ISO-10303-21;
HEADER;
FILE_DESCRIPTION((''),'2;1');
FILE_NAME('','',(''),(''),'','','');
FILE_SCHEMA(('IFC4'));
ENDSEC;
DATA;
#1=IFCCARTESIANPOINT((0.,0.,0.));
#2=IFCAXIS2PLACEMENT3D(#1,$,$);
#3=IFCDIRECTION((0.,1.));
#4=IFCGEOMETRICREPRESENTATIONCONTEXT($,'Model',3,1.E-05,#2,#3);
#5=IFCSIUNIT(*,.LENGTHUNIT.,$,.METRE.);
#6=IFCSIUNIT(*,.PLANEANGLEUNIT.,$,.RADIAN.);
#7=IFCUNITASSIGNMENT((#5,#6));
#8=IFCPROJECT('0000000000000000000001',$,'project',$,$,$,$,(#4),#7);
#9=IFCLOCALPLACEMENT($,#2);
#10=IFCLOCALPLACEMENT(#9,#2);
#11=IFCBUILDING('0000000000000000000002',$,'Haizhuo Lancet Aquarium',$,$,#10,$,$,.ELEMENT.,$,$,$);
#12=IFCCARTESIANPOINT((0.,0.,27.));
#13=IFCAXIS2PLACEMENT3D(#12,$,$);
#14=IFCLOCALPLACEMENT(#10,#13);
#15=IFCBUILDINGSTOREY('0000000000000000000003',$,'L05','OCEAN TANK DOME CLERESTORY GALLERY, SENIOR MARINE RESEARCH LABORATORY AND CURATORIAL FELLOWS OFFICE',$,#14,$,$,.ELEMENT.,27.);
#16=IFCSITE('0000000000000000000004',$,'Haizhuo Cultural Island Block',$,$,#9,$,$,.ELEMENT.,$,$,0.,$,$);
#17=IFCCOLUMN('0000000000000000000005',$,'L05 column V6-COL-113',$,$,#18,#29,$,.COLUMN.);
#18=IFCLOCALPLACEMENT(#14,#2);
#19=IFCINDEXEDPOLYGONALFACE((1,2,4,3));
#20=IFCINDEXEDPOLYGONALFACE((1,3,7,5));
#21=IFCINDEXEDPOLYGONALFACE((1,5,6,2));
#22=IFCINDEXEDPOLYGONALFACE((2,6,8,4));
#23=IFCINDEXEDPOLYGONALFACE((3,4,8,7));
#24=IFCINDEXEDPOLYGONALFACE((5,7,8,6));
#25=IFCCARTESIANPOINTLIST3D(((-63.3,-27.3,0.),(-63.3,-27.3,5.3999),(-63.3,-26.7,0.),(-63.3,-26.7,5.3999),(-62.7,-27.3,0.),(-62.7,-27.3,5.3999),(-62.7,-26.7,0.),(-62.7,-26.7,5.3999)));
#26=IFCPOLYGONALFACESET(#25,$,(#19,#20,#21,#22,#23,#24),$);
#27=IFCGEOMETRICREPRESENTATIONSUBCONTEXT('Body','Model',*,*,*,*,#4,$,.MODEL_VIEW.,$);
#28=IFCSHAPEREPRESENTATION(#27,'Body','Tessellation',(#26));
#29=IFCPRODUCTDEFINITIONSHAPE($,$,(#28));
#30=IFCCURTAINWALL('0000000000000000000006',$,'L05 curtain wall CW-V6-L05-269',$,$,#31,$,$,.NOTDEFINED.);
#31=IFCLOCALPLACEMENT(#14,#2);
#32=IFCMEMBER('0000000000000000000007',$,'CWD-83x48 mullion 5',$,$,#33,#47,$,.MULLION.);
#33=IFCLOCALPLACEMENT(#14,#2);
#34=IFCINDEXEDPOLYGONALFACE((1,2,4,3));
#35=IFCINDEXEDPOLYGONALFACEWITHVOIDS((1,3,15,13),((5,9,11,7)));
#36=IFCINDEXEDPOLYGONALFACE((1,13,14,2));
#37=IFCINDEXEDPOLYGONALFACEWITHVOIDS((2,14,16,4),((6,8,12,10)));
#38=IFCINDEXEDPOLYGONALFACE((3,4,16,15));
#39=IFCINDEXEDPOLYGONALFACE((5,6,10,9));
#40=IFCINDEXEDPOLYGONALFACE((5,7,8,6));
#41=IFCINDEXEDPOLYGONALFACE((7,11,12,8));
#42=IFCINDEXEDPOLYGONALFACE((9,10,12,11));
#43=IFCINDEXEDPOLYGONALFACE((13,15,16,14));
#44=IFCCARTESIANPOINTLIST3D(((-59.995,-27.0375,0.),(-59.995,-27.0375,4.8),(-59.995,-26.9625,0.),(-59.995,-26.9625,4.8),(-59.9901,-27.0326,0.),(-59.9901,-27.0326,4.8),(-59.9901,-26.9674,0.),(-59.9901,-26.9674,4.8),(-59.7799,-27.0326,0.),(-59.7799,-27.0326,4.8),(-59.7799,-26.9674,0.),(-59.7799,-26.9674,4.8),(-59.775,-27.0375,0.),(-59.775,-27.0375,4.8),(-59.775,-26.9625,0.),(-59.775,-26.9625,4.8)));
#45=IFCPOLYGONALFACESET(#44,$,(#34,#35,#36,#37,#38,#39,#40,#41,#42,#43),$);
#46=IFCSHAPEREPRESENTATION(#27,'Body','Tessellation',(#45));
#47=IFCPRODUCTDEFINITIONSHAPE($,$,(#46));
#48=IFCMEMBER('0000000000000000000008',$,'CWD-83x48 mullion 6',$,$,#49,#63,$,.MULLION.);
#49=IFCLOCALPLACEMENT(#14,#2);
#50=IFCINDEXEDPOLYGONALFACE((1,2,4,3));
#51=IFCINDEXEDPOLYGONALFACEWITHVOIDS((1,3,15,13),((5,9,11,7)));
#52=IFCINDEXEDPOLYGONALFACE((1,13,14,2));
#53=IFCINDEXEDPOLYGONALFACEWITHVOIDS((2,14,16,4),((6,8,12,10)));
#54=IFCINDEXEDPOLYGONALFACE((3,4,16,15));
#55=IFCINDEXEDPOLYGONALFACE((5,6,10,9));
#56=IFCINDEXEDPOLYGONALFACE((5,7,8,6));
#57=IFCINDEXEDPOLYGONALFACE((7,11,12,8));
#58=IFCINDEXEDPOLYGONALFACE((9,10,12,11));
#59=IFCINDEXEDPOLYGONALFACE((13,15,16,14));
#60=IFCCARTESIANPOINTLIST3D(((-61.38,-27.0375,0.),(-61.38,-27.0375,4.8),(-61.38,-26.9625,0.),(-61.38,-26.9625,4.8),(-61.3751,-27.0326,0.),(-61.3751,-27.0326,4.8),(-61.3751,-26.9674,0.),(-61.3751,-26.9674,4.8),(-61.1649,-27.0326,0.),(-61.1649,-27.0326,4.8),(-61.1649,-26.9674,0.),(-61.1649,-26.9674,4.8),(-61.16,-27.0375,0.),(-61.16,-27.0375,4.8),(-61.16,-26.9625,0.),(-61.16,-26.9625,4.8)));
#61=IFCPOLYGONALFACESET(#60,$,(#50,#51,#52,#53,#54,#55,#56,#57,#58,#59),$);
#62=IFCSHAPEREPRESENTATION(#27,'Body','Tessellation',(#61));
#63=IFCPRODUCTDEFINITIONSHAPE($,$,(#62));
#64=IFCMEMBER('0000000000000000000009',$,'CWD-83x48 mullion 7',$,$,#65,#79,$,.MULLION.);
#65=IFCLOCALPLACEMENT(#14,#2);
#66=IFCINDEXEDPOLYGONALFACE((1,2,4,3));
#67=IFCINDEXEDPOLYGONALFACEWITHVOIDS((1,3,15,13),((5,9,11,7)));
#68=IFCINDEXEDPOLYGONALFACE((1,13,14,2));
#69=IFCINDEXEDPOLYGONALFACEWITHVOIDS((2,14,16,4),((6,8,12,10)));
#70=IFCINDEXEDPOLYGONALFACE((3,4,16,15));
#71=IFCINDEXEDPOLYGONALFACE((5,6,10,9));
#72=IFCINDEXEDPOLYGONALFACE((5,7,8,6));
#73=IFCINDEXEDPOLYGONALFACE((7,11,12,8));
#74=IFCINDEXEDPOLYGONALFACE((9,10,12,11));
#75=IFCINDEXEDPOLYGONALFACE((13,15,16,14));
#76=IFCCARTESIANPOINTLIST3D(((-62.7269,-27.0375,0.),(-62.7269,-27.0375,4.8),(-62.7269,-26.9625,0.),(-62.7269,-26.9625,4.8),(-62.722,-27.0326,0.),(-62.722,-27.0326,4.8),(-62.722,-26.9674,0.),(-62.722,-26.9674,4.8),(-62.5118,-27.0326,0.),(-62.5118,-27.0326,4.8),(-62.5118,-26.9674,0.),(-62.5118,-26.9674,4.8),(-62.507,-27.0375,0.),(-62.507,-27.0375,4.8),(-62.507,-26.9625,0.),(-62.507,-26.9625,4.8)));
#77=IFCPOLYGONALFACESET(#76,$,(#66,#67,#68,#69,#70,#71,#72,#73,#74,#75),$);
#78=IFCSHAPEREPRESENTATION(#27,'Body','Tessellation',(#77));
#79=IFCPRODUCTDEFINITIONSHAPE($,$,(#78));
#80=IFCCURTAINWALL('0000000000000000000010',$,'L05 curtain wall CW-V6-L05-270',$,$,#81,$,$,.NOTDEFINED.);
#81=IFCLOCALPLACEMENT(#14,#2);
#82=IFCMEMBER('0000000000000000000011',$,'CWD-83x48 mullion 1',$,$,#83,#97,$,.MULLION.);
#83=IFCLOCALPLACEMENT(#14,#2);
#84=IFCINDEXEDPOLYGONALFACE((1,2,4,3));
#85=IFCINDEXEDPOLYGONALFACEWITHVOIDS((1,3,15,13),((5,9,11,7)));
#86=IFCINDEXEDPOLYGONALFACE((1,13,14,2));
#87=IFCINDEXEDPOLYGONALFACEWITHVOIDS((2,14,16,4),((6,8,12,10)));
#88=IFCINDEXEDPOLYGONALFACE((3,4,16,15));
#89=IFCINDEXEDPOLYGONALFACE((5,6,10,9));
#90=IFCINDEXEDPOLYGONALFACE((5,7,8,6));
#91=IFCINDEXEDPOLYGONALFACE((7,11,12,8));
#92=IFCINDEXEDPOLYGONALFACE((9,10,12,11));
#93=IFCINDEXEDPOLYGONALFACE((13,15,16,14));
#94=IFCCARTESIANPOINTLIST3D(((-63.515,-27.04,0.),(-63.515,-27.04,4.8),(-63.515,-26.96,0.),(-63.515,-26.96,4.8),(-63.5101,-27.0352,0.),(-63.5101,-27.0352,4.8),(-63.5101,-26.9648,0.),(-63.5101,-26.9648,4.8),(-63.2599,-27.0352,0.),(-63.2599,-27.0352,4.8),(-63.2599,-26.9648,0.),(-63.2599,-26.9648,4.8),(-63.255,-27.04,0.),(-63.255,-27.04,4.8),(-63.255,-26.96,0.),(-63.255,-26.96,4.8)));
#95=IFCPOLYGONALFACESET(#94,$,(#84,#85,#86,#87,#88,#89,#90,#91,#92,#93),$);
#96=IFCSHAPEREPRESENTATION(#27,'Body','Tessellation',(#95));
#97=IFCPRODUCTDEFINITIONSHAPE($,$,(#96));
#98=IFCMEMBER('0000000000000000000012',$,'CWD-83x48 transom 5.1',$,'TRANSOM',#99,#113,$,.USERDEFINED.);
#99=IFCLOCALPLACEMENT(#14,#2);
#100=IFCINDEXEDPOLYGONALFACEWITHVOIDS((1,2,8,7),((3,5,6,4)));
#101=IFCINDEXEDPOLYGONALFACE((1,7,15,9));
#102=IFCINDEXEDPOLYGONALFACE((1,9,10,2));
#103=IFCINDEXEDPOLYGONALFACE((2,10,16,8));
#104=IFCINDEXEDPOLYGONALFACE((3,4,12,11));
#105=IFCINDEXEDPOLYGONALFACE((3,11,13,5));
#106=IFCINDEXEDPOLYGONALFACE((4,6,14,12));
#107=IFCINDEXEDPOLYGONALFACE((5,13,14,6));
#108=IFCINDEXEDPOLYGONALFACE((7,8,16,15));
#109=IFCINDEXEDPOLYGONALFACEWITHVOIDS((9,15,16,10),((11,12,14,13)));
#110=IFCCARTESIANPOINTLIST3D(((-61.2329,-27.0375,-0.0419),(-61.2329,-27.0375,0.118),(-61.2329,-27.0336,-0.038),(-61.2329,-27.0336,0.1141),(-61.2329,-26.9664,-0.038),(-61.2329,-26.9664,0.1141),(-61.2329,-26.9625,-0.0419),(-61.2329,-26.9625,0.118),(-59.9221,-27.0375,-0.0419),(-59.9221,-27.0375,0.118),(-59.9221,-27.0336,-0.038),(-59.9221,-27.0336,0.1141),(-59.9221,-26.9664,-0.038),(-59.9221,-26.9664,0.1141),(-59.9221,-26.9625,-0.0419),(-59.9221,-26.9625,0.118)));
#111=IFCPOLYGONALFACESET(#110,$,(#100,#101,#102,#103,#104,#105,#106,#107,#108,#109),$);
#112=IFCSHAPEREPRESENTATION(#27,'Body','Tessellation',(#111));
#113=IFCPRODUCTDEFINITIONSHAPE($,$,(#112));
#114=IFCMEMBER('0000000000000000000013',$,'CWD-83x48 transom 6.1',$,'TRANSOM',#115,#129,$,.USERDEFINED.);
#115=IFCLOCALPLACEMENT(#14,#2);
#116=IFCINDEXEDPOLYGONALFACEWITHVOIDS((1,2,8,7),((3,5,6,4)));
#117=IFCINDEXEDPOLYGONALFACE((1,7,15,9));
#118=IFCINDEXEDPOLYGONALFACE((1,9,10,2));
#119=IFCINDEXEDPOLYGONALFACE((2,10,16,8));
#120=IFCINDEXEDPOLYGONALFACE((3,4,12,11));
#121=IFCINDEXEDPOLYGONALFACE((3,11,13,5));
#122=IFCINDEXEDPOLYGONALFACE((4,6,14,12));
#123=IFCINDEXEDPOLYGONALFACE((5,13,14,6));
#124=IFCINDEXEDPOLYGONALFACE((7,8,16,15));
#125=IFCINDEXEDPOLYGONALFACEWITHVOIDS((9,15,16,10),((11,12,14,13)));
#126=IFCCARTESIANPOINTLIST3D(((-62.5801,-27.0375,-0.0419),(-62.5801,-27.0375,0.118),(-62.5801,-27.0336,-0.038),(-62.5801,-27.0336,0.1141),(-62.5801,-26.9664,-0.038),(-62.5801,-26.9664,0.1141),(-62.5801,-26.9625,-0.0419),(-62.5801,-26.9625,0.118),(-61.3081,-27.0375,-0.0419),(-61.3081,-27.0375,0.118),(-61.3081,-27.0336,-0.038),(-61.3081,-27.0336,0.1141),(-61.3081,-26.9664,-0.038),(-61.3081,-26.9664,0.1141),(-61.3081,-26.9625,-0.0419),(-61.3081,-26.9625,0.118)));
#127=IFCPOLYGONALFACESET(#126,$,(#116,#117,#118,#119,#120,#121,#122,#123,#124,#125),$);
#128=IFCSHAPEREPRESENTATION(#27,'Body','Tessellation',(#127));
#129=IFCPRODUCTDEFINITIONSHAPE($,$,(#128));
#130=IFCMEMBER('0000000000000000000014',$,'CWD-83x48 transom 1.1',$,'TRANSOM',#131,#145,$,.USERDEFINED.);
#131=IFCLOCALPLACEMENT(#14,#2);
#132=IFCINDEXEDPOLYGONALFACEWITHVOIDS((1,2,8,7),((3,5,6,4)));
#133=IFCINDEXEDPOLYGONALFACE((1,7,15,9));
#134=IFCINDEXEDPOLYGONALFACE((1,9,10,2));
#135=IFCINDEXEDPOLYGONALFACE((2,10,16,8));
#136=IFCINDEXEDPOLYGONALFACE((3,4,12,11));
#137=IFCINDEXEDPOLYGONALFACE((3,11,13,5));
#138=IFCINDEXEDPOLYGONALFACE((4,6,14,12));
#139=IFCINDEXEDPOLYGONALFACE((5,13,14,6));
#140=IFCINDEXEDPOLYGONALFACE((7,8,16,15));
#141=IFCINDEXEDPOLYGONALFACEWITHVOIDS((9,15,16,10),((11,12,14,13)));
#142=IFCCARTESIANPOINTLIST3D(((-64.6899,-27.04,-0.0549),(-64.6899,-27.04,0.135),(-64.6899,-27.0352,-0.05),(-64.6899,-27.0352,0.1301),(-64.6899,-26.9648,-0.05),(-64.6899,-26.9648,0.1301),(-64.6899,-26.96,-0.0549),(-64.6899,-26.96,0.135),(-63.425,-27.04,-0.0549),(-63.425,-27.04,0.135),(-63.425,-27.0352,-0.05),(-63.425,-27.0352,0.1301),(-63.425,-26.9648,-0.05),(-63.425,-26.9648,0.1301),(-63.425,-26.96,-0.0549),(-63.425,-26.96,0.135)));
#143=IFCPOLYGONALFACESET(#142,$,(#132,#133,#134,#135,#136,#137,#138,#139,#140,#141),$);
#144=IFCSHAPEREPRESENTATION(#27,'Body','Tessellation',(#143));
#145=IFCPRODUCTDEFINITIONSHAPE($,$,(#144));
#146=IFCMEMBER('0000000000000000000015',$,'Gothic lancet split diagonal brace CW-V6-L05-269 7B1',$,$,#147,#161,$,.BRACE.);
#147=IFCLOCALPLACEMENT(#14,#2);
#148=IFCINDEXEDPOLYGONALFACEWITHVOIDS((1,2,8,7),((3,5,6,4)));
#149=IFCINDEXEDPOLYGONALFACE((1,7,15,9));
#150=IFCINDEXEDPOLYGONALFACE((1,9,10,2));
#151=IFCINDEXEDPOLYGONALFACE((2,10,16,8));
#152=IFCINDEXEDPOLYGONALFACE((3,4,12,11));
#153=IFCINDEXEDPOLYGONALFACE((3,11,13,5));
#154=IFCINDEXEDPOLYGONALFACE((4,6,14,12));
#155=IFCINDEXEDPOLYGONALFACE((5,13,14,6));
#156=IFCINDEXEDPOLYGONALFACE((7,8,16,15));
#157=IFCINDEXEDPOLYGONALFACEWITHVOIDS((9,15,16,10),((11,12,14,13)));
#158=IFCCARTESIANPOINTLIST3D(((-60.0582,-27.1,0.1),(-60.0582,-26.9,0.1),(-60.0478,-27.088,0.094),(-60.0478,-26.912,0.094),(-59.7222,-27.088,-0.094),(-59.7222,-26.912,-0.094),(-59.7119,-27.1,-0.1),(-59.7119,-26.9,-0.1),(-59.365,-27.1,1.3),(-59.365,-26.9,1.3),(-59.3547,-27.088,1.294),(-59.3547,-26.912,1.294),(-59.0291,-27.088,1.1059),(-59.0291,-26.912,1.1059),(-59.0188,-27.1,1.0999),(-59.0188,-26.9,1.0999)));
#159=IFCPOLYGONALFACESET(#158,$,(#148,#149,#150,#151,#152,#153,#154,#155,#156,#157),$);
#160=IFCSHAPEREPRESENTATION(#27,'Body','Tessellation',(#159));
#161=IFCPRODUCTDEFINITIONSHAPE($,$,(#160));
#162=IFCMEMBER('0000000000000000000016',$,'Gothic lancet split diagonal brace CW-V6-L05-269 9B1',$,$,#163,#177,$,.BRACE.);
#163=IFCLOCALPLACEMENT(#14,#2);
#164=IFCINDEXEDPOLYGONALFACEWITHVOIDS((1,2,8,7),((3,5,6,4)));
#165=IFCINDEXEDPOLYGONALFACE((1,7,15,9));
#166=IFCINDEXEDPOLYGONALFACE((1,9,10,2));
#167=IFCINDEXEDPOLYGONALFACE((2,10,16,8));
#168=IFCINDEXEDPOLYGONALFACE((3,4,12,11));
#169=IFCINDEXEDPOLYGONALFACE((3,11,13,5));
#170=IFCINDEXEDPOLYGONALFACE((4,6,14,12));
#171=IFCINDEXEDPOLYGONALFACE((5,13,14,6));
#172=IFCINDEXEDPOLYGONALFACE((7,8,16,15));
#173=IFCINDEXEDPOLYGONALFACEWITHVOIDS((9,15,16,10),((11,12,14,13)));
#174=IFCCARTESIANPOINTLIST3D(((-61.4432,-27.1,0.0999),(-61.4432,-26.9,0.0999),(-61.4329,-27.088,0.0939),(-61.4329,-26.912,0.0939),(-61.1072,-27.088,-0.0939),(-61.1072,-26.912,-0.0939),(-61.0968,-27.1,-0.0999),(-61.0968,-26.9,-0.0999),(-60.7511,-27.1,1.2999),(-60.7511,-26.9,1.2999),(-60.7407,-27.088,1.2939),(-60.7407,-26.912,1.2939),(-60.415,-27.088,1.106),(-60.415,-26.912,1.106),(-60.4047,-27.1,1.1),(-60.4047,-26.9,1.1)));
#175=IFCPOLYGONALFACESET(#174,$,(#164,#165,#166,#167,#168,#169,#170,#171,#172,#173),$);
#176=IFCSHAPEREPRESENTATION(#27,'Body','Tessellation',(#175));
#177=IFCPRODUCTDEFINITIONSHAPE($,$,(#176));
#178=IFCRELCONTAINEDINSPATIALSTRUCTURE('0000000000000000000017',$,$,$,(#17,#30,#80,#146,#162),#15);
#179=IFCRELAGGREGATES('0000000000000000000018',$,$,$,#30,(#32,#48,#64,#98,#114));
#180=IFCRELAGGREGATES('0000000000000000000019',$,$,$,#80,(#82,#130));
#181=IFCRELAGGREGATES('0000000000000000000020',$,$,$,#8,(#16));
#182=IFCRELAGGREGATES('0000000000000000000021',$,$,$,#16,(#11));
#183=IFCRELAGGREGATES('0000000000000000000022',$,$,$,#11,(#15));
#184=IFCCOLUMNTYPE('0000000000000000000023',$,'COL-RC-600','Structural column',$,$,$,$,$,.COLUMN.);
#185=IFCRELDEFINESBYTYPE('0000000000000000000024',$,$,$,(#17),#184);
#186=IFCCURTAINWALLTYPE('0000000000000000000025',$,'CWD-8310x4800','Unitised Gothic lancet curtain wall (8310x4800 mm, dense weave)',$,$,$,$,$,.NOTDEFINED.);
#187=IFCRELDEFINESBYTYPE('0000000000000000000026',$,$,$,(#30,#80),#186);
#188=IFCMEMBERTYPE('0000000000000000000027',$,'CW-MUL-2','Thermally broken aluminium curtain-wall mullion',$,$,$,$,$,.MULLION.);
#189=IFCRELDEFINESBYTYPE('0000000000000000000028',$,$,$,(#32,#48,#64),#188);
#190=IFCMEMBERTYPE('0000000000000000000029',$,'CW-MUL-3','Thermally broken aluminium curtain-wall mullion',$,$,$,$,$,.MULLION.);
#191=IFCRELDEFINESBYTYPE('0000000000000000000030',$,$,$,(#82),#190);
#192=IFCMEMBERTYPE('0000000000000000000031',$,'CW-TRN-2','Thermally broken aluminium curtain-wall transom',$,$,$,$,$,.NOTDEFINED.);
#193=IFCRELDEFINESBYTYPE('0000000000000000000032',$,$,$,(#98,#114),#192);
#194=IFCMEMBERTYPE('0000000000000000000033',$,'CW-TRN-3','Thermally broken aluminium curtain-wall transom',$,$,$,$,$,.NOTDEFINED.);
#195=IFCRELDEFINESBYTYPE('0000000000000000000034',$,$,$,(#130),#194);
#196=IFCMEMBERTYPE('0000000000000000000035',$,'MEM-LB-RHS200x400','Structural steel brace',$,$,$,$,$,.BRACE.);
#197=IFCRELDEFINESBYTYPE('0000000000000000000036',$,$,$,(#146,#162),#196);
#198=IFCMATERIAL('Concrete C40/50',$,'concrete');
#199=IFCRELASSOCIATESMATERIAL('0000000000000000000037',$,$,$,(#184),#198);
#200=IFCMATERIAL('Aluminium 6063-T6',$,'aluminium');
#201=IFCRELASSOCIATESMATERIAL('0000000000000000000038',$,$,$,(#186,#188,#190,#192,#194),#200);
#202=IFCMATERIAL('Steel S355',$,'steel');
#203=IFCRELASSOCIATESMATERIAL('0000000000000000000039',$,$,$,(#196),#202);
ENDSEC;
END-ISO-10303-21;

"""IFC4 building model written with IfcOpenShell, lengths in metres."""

from ifc_helpers import new_model, si_unit, direction, frame, origin, origin_2d, place, context, subcontext, project, spatial, rectangle, hollow_rectangle, extrude, material, material_profile, profile_set, type_object, element, aggregate, save


model = new_model("IFC4")

# Units and contexts
model_context = context("Model", 3, precision=1e-05, world=origin(), true_north=direction((0.0, 1.0)))
body_context = subcontext(model_context, "Body", "Model", "MODEL_VIEW")
ifc_project = project(units=[si_unit("LENGTHUNIT", "METRE"), si_unit("PLANEANGLEUNIT", "RADIAN")], contexts=[model_context])

# Site, building, storey
site_placement = place(None, origin())
site = spatial("IfcSite", under=ifc_project, at=site_placement, Name="Haizhuo Cultural Island Block", CompositionType="ELEMENT", RefElevation=0.0)
building_placement = place(site_placement, origin())
building = spatial("IfcBuilding", under=site, at=building_placement, Name="Haizhuo Lancet Aquarium", CompositionType="ELEMENT")
storey_placement = place(building_placement, frame((0.0, 0.0, 27.0)))
storey = spatial("IfcBuildingStorey", under=building, at=storey_placement, Name="L05", Description="OCEAN TANK DOME CLERESTORY GALLERY, SENIOR MARINE RESEARCH LABORATORY AND CURATORIAL FELLOWS OFFICE", CompositionType="ELEMENT", Elevation=27.0)

# Column
ifc_material_1 = material(Name="Concrete C40/50", Category="concrete")
ifc_material_profile_1 = material_profile(ifc_material_1, rectangle(XDim=0.6001, YDim=0.6001, at=origin_2d()), Name="RC-COL 600x600")
ifc_profile_set_1 = profile_set([ifc_material_profile_1], Name="Concrete C40/50")
column_type = type_object("IfcColumnType", Name="COL-RC-600", Description="Structural column", PredefinedType="COLUMN", material=ifc_profile_set_1)
column_placement = place(storey_placement, frame((-63.0, -27.0, 0.0), z_axis=(0.0, 0.0, 1.0), x_axis=(1.0, 0.0, 0.0)))
element("IfcColumn", 1, at=column_placement, inside=storey, type_object=column_type, Name="L05 column V6-COL-113", PredefinedType="COLUMN", context=body_context, shape_type="SweptSolid", body=[
    extrude(rectangle(XDim=0.6001, YDim=0.6001, at=origin_2d()), origin(), (0.0, 0.0, 1.0), 5.3999),
])

# Curtain wall, members
ifc_material_2 = material(Name="Aluminium 6063-T6", Category="aluminium")
curtain_wall_type = type_object("IfcCurtainWallType", Name="CWD-8310x4800", Description="Unitised Gothic lancet curtain wall (8310x4800 mm, dense weave)", PredefinedType="NOTDEFINED", material=ifc_material_2)
curtain_wall_1_placement = place(storey_placement, origin())
curtain_wall_1 = element("IfcCurtainWall", 2, at=curtain_wall_1_placement, inside=storey, type_object=curtain_wall_type, Name="L05 curtain wall CW-V6-L05-269", PredefinedType="NOTDEFINED")
ifc_material_profile_2 = material_profile(ifc_material_2, hollow_rectangle(XDim=0.075, YDim=0.22, WallThickness=0.0049, at=origin_2d()), Name="ALU-M 75x220x5")
ifc_profile_set_2 = profile_set([ifc_material_profile_2], Name="Aluminium 6063-T6")
member_type_1 = type_object("IfcMemberType", Name="CW-MUL-2", Description="Thermally broken aluminium curtain-wall mullion", PredefinedType="MULLION", material=ifc_profile_set_2)
member_1_placement = place(storey_placement, frame((-59.885, -27.0, 0.0), z_axis=(0.0, 0.0, 1.0), x_axis=(0.0, -1.0, 0.0)))
member_1 = element("IfcMember", 3, at=member_1_placement, type_object=member_type_1, Name="CWD-83x48 mullion 5", PredefinedType="MULLION", context=body_context, shape_type="SweptSolid", body=[
    extrude(hollow_rectangle(XDim=0.075, YDim=0.22, WallThickness=0.0049, at=origin_2d()), origin(), (0.0, 0.0, 1.0), 4.8),
])
member_2_placement = place(storey_placement, frame((-61.27, -27.0, 0.0), z_axis=(0.0, 0.0, 1.0), x_axis=(0.0, -1.0, 0.0)))
member_2 = element("IfcMember", 4, at=member_2_placement, type_object=member_type_1, Name="CWD-83x48 mullion 6", PredefinedType="MULLION", context=body_context, shape_type="SweptSolid", body=[
    extrude(hollow_rectangle(XDim=0.075, YDim=0.22, WallThickness=0.0049, at=origin_2d()), origin(), (0.0, 0.0, 1.0), 4.8),
])
member_3_placement = place(storey_placement, frame((-62.6169, -27.0, 0.0), z_axis=(0.0, 0.0, 1.0), x_axis=(0.0, -1.0, 0.0)))
member_3 = element("IfcMember", 5, at=member_3_placement, type_object=member_type_1, Name="CWD-83x48 mullion 7", PredefinedType="MULLION", context=body_context, shape_type="SweptSolid", body=[
    extrude(hollow_rectangle(XDim=0.075, YDim=0.22, WallThickness=0.0049, at=origin_2d()), origin(), (0.0, 0.0, 1.0), 4.8),
])

# Curtain wall, member
curtain_wall_2_placement = place(storey_placement, origin())
curtain_wall_2 = element("IfcCurtainWall", 6, at=curtain_wall_2_placement, inside=storey, type_object=curtain_wall_type, Name="L05 curtain wall CW-V6-L05-270", PredefinedType="NOTDEFINED")
ifc_material_profile_3 = material_profile(ifc_material_2, hollow_rectangle(XDim=0.0801, YDim=0.26, WallThickness=0.0049, at=origin_2d()), Name="ALU-M 80x260x5")
ifc_profile_set_3 = profile_set([ifc_material_profile_3], Name="Aluminium 6063-T6")
member_type_2 = type_object("IfcMemberType", Name="CW-MUL-3", Description="Thermally broken aluminium curtain-wall mullion", PredefinedType="MULLION", material=ifc_profile_set_3)
member_4_placement = place(storey_placement, frame((-63.385, -27.0, 0.0), z_axis=(0.0, 0.0, 1.0), x_axis=(0.0, -1.0, 0.0)))
member_4 = element("IfcMember", 7, at=member_4_placement, type_object=member_type_2, Name="CWD-83x48 mullion 1", PredefinedType="MULLION", context=body_context, shape_type="SweptSolid", body=[
    extrude(hollow_rectangle(XDim=0.0801, YDim=0.26, WallThickness=0.0049, at=origin_2d()), origin(), (0.0, 0.0, 1.0), 4.8),
])

# Members
ifc_material_profile_4 = material_profile(ifc_material_2, hollow_rectangle(XDim=0.075, YDim=0.1599, WallThickness=0.0039, at=origin_2d()), Name="ALU-T 75x160x4")
ifc_profile_set_4 = profile_set([ifc_material_profile_4], Name="Aluminium 6063-T6")
member_type_3 = type_object("IfcMemberType", Name="CW-TRN-2", Description="Thermally broken aluminium curtain-wall transom", PredefinedType="NOTDEFINED", material=ifc_profile_set_4)
member_5_placement = place(storey_placement, frame((-59.9221, -27.0, 0.0381), z_axis=(-1.0, 0.0, 0.0), x_axis=(0.0, -1.0, 0.0)))
member_5 = element("IfcMember", 8, at=member_5_placement, type_object=member_type_3, Name="CWD-83x48 transom 5.1", ObjectType="TRANSOM", PredefinedType="USERDEFINED", context=body_context, shape_type="SweptSolid", body=[
    extrude(hollow_rectangle(XDim=0.075, YDim=0.1599, WallThickness=0.0039, at=origin_2d()), origin(), (0.0, 0.0, 1.0), 1.3108),
])
member_6_placement = place(storey_placement, frame((-61.3081, -27.0, 0.0381), z_axis=(-1.0, 0.0, 0.0), x_axis=(0.0, -1.0, 0.0)))
member_6 = element("IfcMember", 9, at=member_6_placement, type_object=member_type_3, Name="CWD-83x48 transom 6.1", ObjectType="TRANSOM", PredefinedType="USERDEFINED", context=body_context, shape_type="SweptSolid", body=[
    extrude(hollow_rectangle(XDim=0.075, YDim=0.1599, WallThickness=0.0039, at=origin_2d()), origin(), (0.0, 0.0, 1.0), 1.272),
])
ifc_material_profile_5 = material_profile(ifc_material_2, hollow_rectangle(XDim=0.0801, YDim=0.1899, WallThickness=0.0049, at=origin_2d()), Name="ALU-T 80x190x5")
ifc_profile_set_5 = profile_set([ifc_material_profile_5], Name="Aluminium 6063-T6")
member_type_4 = type_object("IfcMemberType", Name="CW-TRN-3", Description="Thermally broken aluminium curtain-wall transom", PredefinedType="NOTDEFINED", material=ifc_profile_set_5)
member_7_placement = place(storey_placement, frame((-63.425, -27.0, 0.04), z_axis=(-1.0, 0.0, 0.0), x_axis=(0.0, -1.0, 0.0)))
member_7 = element("IfcMember", 10, at=member_7_placement, type_object=member_type_4, Name="CWD-83x48 transom 1.1", ObjectType="TRANSOM", PredefinedType="USERDEFINED", context=body_context, shape_type="SweptSolid", body=[
    extrude(hollow_rectangle(XDim=0.0801, YDim=0.1899, WallThickness=0.0049, at=origin_2d()), origin(), (0.0, 0.0, 1.0), 1.2649),
])

# Members
ifc_material_3 = material(Name="Steel S355", Category="steel")
ifc_material_profile_6 = material_profile(ifc_material_3, hollow_rectangle(XDim=0.2, YDim=0.3999, WallThickness=0.012, at=origin_2d()), Name="RHS 200x400x12")
ifc_profile_set_6 = profile_set([ifc_material_profile_6], Name="Steel S355")
member_type_5 = type_object("IfcMemberType", Name="MEM-LB-RHS200x400", Description="Structural steel brace", PredefinedType="BRACE", material=ifc_profile_set_6)
member_8_placement = place(storey_placement, frame((-59.885, -27.0, 0.0), z_axis=(0.500175, 0.0, 0.865924), x_axis=(0.0, 1.0, 0.0)))
element("IfcMember", 11, at=member_8_placement, inside=storey, type_object=member_type_5, Name="Gothic lancet split diagonal brace CW-V6-L05-269 7B1", PredefinedType="BRACE", context=body_context, shape_type="SweptSolid", body=[
    extrude(hollow_rectangle(XDim=0.2, YDim=0.3999, WallThickness=0.012, at=origin_2d()), origin(), (0.0, 0.0, 1.0), 1.3857),
])
member_9_placement = place(storey_placement, frame((-61.27, -27.0, 0.0), z_axis=(0.499646, 0.0, 0.86623), x_axis=(0.0, 1.0, 0.0)))
element("IfcMember", 12, at=member_9_placement, inside=storey, type_object=member_type_5, Name="Gothic lancet split diagonal brace CW-V6-L05-269 9B1", PredefinedType="BRACE", context=body_context, shape_type="SweptSolid", body=[
    extrude(hollow_rectangle(XDim=0.2, YDim=0.3999, WallThickness=0.012, at=origin_2d()), origin(), (0.0, 0.0, 1.0), 1.3853),
])

aggregate(curtain_wall_1, [member_1, member_2, member_3, member_5, member_6])
aggregate(curtain_wall_2, [member_4, member_7])

save(model, "model.ifc")
